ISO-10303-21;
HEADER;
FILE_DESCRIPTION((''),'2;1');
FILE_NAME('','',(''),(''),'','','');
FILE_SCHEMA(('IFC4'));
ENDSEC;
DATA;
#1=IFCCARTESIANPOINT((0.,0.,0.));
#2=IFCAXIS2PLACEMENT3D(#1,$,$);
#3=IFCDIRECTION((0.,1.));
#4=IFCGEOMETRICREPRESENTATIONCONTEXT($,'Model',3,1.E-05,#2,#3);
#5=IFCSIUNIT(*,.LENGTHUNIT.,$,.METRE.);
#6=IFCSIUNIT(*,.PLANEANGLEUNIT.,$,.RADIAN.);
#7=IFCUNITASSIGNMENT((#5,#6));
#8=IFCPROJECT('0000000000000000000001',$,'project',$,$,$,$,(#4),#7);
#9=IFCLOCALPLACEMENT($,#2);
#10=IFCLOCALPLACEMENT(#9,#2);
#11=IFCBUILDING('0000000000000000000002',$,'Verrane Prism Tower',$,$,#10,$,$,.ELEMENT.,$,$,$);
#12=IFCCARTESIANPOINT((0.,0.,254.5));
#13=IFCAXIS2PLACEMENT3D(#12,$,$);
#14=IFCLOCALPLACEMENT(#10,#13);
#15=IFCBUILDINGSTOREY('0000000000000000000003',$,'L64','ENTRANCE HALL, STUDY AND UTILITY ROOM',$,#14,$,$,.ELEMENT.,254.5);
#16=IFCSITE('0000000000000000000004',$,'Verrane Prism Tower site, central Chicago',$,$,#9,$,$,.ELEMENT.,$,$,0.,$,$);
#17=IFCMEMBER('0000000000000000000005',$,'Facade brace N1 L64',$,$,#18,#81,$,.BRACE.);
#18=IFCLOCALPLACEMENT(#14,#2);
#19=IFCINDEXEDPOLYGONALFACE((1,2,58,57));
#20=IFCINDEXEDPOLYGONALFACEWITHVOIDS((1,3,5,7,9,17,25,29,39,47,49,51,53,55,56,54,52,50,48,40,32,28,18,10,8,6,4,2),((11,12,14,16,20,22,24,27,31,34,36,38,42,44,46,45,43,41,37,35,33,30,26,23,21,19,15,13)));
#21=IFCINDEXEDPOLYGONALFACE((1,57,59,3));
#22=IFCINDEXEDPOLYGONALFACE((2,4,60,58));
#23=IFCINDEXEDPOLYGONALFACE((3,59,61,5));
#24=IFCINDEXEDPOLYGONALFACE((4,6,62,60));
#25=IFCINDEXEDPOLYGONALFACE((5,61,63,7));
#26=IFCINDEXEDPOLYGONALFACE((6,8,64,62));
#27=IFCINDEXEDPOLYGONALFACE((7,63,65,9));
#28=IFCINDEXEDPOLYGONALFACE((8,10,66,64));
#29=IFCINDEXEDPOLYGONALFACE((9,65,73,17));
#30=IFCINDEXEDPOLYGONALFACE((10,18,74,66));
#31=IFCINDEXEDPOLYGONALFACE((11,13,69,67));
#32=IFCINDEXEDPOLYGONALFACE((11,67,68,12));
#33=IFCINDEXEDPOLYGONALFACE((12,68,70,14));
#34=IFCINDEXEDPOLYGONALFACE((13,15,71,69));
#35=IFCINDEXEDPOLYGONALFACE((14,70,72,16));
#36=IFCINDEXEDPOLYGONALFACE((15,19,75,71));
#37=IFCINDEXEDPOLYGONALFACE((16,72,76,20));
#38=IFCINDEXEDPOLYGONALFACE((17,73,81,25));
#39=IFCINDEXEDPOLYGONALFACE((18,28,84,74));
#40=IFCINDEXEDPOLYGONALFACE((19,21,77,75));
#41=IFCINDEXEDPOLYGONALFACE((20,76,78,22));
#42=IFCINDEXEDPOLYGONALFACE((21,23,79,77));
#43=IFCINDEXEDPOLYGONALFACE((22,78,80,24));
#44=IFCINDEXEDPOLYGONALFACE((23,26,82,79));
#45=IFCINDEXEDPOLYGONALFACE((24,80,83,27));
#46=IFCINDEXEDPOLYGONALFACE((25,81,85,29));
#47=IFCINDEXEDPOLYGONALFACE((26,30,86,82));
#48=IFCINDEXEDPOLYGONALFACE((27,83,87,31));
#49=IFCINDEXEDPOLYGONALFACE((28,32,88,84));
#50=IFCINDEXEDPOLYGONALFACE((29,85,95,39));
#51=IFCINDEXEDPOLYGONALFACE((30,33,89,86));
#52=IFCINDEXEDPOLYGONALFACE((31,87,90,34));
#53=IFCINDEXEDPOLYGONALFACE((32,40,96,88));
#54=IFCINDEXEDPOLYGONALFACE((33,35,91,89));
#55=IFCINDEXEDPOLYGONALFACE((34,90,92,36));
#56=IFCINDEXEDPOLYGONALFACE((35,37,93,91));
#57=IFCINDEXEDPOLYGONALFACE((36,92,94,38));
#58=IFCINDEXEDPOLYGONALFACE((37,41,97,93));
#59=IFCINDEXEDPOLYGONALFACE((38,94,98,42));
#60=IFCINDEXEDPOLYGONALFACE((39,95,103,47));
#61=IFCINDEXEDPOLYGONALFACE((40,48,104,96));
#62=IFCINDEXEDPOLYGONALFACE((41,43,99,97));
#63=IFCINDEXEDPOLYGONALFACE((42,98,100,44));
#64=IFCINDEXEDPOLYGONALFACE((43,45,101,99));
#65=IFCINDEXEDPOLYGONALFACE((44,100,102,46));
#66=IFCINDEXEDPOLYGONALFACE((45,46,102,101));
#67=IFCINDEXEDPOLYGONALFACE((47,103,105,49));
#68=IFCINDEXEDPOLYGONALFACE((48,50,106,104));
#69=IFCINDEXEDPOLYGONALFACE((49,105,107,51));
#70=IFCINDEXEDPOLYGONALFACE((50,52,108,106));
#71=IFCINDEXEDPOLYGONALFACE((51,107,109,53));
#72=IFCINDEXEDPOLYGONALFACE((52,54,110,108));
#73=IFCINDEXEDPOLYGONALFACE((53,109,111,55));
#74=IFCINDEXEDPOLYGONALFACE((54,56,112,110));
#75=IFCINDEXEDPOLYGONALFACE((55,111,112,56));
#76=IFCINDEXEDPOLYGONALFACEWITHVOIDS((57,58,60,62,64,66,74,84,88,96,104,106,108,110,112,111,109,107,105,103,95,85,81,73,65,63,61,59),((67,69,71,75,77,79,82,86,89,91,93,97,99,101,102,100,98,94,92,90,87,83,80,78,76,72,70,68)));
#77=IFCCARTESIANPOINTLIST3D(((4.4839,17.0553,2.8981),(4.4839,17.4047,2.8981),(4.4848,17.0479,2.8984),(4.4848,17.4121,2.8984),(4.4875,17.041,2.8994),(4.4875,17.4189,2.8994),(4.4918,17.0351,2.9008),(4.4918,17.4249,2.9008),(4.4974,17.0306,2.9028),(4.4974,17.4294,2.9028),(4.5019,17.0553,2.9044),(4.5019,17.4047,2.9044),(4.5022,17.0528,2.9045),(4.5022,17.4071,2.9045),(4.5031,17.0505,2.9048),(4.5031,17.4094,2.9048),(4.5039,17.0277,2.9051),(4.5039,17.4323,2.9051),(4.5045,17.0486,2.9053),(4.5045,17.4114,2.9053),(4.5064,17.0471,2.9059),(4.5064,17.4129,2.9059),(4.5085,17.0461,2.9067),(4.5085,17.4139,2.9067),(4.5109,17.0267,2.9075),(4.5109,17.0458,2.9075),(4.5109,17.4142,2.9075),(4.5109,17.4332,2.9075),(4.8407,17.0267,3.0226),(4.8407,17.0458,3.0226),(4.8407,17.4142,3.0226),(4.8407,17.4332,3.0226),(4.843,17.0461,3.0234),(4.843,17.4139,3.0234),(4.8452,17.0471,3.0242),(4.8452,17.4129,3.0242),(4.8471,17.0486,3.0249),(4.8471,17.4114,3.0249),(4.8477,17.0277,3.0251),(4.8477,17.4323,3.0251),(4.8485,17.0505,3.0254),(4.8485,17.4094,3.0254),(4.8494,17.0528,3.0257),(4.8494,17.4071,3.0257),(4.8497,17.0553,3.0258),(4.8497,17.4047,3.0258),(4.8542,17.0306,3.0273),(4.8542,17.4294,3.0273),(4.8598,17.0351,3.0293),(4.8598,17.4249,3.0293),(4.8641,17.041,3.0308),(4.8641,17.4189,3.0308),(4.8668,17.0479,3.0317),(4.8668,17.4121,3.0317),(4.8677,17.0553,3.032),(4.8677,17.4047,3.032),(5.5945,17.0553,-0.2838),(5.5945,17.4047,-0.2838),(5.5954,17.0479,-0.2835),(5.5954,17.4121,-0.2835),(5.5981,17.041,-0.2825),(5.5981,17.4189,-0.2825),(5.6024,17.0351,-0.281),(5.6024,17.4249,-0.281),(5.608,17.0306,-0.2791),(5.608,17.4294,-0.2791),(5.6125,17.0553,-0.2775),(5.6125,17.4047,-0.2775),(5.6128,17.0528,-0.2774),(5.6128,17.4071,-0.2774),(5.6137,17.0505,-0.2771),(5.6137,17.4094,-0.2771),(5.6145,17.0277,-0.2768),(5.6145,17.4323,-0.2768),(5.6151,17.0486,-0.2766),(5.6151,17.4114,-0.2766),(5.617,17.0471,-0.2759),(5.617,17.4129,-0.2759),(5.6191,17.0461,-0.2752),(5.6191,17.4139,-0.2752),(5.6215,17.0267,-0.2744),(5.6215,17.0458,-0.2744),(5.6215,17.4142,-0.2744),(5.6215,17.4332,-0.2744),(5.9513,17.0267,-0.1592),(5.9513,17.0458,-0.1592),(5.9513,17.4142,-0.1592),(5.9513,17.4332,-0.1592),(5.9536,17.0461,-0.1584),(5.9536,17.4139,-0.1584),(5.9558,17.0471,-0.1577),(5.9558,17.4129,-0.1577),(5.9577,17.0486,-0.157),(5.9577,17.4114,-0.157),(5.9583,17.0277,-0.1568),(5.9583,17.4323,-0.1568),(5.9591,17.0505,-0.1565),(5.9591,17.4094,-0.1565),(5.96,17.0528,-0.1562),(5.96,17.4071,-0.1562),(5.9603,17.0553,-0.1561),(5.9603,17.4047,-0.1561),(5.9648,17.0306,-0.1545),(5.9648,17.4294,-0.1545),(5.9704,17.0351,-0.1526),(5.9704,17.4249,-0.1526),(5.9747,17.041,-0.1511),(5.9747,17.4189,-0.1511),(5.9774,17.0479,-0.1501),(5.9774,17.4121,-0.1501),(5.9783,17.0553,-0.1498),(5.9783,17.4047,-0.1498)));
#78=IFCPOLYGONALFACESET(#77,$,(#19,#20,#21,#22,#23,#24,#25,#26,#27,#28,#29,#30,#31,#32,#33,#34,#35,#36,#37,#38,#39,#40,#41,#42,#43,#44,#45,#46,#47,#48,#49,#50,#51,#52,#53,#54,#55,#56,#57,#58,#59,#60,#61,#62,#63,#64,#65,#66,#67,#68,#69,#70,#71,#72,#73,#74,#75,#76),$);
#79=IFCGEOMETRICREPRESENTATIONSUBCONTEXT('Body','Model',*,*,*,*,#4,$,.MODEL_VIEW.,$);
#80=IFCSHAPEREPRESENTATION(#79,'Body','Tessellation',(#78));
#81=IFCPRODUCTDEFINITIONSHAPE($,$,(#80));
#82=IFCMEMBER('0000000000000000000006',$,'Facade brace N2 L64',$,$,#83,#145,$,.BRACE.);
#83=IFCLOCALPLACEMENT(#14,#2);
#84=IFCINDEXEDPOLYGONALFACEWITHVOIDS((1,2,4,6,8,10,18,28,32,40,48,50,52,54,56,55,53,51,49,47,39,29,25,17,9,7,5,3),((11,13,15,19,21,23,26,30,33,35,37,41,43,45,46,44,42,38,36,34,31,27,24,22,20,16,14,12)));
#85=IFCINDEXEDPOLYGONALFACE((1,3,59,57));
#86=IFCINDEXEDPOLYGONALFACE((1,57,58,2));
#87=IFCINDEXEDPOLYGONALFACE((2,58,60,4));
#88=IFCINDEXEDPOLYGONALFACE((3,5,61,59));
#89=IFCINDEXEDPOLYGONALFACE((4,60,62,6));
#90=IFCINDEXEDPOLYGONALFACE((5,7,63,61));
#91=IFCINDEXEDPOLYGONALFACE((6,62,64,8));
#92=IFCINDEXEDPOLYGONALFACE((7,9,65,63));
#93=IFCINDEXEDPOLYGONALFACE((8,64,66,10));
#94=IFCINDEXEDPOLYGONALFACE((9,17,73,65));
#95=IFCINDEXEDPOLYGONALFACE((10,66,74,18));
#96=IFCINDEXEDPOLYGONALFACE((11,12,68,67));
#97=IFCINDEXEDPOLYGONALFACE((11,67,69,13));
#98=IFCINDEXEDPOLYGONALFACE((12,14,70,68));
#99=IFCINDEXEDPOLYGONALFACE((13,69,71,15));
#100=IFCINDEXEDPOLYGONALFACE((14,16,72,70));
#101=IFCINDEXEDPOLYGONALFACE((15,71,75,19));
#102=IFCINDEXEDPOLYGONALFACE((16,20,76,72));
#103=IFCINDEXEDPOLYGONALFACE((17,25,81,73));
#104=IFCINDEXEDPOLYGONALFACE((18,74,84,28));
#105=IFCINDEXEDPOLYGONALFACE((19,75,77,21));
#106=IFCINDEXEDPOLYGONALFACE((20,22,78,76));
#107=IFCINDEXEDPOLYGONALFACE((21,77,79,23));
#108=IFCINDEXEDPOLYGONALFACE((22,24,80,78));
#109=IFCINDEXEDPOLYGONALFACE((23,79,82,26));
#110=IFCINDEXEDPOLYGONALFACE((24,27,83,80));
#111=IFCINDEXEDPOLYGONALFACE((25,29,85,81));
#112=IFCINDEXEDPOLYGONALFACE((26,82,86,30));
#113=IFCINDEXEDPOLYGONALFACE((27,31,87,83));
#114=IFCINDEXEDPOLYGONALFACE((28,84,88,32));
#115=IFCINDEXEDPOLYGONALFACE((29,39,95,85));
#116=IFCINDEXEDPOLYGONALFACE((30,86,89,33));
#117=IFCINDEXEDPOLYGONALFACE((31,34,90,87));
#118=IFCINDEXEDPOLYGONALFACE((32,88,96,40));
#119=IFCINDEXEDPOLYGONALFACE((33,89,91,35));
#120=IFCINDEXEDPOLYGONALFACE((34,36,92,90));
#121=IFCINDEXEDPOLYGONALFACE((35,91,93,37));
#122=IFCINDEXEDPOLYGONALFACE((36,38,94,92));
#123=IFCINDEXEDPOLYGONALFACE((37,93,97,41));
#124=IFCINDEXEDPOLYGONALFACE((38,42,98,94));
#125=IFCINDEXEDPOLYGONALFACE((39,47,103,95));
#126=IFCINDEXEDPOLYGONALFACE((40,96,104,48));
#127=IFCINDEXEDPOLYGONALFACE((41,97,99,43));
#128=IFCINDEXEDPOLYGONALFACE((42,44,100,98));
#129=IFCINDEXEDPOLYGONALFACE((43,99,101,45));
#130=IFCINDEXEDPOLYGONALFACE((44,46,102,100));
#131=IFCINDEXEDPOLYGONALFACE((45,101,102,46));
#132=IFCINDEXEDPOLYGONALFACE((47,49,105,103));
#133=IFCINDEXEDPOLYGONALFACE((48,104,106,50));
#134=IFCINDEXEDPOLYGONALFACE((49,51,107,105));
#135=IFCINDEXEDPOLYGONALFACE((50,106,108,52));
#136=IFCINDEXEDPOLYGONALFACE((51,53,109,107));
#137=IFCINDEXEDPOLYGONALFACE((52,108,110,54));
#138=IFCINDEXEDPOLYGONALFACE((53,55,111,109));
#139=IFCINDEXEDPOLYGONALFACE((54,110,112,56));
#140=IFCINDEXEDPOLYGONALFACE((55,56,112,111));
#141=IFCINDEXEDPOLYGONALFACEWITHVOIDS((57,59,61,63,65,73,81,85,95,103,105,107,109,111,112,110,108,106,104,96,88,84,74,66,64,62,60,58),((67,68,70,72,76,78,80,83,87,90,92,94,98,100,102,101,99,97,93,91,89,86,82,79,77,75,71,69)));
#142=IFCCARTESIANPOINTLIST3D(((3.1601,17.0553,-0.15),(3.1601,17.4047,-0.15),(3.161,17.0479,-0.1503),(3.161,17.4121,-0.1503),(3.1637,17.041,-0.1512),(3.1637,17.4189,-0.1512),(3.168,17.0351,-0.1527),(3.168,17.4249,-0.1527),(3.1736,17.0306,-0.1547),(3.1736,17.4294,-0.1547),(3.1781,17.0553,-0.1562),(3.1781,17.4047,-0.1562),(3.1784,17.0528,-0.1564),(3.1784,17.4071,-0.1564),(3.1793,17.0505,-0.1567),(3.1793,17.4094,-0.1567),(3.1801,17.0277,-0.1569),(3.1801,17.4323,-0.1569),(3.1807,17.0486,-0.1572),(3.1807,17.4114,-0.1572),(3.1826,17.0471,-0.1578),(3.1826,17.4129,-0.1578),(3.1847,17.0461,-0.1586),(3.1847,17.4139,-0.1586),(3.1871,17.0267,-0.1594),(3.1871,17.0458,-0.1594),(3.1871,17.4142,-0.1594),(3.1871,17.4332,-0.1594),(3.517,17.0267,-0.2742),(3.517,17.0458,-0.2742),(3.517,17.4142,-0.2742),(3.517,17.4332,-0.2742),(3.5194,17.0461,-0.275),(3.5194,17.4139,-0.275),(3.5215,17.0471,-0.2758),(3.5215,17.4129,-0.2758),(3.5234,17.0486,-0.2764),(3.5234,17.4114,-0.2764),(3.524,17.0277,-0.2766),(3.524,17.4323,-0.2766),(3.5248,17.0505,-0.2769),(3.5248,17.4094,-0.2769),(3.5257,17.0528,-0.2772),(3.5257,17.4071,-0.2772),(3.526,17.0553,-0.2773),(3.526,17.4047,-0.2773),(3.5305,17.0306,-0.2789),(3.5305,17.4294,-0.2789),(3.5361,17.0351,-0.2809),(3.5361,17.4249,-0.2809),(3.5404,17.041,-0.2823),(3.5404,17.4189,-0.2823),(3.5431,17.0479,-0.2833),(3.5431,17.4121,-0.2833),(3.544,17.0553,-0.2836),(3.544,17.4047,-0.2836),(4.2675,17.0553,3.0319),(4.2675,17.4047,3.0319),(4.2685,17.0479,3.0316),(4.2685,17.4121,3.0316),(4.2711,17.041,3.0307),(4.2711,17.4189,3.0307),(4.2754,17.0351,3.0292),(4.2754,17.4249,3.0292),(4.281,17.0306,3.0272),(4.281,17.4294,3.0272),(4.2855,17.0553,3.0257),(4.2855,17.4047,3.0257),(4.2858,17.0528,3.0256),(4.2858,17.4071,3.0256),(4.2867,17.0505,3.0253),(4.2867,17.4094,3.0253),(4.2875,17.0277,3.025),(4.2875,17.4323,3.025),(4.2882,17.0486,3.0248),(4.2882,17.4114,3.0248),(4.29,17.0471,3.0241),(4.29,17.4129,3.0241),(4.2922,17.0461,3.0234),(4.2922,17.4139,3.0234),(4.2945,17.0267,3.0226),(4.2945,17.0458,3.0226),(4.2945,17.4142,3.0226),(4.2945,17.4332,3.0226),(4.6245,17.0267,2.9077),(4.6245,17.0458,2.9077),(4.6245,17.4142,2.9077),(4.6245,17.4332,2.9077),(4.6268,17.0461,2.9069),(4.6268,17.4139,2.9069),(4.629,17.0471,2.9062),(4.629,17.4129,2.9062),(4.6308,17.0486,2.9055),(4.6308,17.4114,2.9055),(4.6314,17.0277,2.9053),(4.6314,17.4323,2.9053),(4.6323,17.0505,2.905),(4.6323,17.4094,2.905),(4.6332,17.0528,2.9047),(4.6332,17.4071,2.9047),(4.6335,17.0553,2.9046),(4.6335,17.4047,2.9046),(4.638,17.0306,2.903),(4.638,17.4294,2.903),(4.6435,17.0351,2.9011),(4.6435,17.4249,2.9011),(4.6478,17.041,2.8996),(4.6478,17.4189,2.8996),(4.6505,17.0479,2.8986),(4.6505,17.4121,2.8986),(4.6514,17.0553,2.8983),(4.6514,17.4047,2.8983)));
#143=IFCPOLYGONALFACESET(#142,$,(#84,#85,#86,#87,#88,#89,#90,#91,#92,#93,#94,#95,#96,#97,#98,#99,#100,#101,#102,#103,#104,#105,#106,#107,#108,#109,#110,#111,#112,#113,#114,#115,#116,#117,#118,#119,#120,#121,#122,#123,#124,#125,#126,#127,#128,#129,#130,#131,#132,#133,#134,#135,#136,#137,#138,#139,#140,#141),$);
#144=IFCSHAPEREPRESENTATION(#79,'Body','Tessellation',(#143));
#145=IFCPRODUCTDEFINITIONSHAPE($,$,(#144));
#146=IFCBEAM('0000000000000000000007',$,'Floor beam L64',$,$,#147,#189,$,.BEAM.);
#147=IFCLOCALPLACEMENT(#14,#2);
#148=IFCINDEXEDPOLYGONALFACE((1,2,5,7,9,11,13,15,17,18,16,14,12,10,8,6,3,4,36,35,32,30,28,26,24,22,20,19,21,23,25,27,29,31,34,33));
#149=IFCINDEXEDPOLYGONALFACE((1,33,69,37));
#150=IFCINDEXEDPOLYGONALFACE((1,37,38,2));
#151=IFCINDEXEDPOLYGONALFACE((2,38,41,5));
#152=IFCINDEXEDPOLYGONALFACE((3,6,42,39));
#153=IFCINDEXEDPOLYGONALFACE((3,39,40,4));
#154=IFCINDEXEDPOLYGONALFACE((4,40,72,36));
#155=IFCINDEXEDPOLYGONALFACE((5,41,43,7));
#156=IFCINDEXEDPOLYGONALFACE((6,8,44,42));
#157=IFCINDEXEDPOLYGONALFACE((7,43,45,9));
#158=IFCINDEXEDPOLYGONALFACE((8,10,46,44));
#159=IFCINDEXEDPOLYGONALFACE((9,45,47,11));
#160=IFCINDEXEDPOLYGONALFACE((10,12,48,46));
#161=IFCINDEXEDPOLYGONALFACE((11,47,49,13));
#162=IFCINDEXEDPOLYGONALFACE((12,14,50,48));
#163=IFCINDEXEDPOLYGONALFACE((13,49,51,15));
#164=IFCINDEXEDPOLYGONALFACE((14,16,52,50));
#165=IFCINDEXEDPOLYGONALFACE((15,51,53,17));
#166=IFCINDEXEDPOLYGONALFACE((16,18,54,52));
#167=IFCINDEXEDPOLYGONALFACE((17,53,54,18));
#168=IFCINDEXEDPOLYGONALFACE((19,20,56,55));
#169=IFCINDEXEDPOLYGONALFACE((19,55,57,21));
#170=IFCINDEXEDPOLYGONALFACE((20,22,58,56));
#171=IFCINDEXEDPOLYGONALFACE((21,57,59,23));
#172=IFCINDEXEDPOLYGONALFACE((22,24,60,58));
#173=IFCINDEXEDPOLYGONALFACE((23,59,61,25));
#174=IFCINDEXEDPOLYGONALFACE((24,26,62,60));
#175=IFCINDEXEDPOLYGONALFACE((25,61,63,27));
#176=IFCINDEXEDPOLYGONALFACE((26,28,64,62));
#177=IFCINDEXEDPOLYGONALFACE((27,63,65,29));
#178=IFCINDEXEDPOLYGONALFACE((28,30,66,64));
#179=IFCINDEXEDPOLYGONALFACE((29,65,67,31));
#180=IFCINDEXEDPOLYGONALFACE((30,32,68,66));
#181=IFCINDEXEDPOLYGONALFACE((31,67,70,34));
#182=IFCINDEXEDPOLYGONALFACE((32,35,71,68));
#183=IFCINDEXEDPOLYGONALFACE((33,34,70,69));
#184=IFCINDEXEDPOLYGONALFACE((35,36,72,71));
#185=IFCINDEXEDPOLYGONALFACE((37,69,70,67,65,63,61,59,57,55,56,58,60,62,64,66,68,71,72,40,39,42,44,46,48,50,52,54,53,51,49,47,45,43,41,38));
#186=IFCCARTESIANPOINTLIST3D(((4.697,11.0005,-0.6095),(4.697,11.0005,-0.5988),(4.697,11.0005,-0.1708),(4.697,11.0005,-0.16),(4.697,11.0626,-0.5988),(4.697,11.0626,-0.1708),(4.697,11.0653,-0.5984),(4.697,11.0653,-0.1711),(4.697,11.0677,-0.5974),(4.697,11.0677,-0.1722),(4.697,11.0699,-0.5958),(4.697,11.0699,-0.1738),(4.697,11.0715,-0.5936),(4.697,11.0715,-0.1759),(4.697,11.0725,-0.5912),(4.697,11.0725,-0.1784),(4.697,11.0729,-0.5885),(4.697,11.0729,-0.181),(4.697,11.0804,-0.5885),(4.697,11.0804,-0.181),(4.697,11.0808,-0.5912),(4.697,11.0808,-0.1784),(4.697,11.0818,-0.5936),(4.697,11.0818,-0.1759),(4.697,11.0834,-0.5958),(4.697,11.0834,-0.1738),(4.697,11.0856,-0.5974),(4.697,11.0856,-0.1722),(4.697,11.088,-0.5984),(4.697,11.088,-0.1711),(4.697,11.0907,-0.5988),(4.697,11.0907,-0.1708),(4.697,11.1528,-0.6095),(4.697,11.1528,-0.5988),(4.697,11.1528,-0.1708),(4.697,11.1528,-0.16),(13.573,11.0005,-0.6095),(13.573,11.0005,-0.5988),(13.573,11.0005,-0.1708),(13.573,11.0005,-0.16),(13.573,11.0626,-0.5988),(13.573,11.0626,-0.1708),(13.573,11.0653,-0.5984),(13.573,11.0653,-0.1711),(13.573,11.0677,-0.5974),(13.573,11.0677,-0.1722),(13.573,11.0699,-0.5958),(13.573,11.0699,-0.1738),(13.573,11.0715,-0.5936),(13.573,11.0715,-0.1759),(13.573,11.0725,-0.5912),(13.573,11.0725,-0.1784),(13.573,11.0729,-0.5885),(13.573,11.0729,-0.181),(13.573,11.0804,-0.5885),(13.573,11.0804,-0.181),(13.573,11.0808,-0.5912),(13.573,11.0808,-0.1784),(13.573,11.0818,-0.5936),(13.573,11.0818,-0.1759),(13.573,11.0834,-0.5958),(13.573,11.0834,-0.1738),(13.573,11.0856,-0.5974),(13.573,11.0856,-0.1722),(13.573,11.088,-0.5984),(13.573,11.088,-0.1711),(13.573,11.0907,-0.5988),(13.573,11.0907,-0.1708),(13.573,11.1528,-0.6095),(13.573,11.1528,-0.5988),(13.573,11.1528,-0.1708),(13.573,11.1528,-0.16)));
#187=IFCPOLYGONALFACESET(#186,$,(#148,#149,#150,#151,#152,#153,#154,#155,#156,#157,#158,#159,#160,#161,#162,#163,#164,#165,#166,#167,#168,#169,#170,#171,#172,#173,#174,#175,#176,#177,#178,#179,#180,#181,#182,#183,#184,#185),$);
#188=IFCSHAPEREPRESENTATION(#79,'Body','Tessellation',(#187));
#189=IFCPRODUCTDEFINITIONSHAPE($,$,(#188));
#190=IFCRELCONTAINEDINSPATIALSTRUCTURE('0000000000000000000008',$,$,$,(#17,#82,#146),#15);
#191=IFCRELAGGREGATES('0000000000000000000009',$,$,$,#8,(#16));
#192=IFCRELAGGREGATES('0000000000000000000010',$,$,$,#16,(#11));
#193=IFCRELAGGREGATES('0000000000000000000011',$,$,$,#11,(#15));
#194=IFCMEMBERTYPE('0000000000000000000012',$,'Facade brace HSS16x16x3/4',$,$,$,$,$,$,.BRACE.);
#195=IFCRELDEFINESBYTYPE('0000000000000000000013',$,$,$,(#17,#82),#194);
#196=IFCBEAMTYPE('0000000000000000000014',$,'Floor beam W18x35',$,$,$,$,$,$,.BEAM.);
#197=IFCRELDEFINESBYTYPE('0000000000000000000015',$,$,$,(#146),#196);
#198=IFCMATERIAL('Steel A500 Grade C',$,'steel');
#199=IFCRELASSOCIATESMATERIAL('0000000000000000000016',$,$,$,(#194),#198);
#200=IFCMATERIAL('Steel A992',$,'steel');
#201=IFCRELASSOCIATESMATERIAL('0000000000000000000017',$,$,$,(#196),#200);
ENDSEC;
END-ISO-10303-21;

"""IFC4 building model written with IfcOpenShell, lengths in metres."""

from ifc_helpers import new_model, si_unit, direction, frame, origin, origin_2d, place, context, subcontext, project, spatial, hollow_rectangle, i_section, extrude, material, material_profile, profile_set, type_object, element, save


model = new_model("IFC4")

# Units and contexts
model_context = context("Model", 3, precision=1e-05, world=origin(), true_north=direction((0.0, 1.0)))
body_context = subcontext(model_context, "Body", "Model", "MODEL_VIEW")
ifc_project = project(units=[si_unit("LENGTHUNIT", "METRE"), si_unit("PLANEANGLEUNIT", "RADIAN")], contexts=[model_context])

# Site, building, storey
site_placement = place(None, origin())
site = spatial("IfcSite", under=ifc_project, at=site_placement, Name="Verrane Prism Tower site, central Chicago", CompositionType="ELEMENT", RefElevation=0.0)
building_placement = place(site_placement, origin())
building = spatial("IfcBuilding", under=site, at=building_placement, Name="Verrane Prism Tower", CompositionType="ELEMENT")
storey_placement = place(building_placement, frame((0.0, 0.0, 254.5)))
storey = spatial("IfcBuildingStorey", under=building, at=storey_placement, Name="L64", Description="ENTRANCE HALL, STUDY AND UTILITY ROOM", CompositionType="ELEMENT", Elevation=254.5)

# Members
ifc_material_1 = material(Name="Steel A500 Grade C", Category="steel")
ifc_material_profile_1 = material_profile(ifc_material_1, hollow_rectangle(XDim=0.4065, YDim=0.4065, WallThickness=0.019, InnerFilletRadius=0.0095, OuterFilletRadius=0.0286, at=origin_2d()), Name="HSS16x16x3/4")
ifc_profile_set_1 = profile_set([ifc_material_profile_1], Name="Steel A500 Grade C")
member_type_1 = type_object("IfcMemberType", Name="Facade brace HSS16x16x3/4", PredefinedType="BRACE", material=ifc_profile_set_1)
member_1_placement = place(storey_placement, frame((5.7864, 17.23, -0.2168), z_axis=(-0.32954, 0.0, 0.944141), x_axis=(0.0, -1.0, 0.0)))
element("IfcMember", 1, at=member_1_placement, inside=storey, type_object=member_type_1, Name="Facade brace N1 L64", PredefinedType="BRACE", context=body_context, shape_type="SweptSolid", body=[
    extrude(hollow_rectangle(XDim=0.4065, YDim=0.4065, WallThickness=0.019, InnerFilletRadius=0.0095, OuterFilletRadius=0.0286, at=origin_2d()), origin(), (0.0, 0.0, 1.0), 3.3701),
])
member_2_placement = place(storey_placement, frame((3.3521, 17.23, -0.2168), z_axis=(0.3287, 0.0, 0.944434), x_axis=(0.0, 1.0, 0.0)))
element("IfcMember", 2, at=member_2_placement, inside=storey, type_object=member_type_1, Name="Facade brace N2 L64", PredefinedType="BRACE", context=body_context, shape_type="SweptSolid", body=[
    extrude(hollow_rectangle(XDim=0.4065, YDim=0.4065, WallThickness=0.019, InnerFilletRadius=0.0095, OuterFilletRadius=0.0286, at=origin_2d()), origin(), (0.0, 0.0, 1.0), 3.3691),
])

# Beam
ifc_material_2 = material(Name="Steel A992", Category="steel")
ifc_material_profile_2 = material_profile(ifc_material_2, i_section(OverallWidth=0.1523, OverallDepth=0.4495, WebThickness=0.0076, FlangeThickness=0.0107, FilletRadius=0.0103, at=origin_2d()), Name="W18x35")
ifc_profile_set_2 = profile_set([ifc_material_profile_2], Name="Steel A992")
beam_type_1 = type_object("IfcBeamType", Name="Floor beam W18x35", PredefinedType="BEAM", material=ifc_profile_set_2)
for number, where, z_axis, x_axis, name in (
    (3, (4.697, 11.0767, -0.3848), (1.0, 0.0, 0.0), (0.0, 1.0, 0.0), "Floor beam L64"),
):
    element("IfcBeam", number, at=place(storey_placement, frame(where, z_axis=z_axis, x_axis=x_axis)), inside=storey, type_object=beam_type_1, Name=name, PredefinedType="BEAM", context=body_context, shape_type="SweptSolid", body=[
        extrude(i_section(OverallWidth=0.1523, OverallDepth=0.4495, WebThickness=0.0076, FlangeThickness=0.0107, FilletRadius=0.0103, at=origin_2d()), origin(), (0.0, 0.0, 1.0), 8.876),
    ])

save(model, "model.ifc")
